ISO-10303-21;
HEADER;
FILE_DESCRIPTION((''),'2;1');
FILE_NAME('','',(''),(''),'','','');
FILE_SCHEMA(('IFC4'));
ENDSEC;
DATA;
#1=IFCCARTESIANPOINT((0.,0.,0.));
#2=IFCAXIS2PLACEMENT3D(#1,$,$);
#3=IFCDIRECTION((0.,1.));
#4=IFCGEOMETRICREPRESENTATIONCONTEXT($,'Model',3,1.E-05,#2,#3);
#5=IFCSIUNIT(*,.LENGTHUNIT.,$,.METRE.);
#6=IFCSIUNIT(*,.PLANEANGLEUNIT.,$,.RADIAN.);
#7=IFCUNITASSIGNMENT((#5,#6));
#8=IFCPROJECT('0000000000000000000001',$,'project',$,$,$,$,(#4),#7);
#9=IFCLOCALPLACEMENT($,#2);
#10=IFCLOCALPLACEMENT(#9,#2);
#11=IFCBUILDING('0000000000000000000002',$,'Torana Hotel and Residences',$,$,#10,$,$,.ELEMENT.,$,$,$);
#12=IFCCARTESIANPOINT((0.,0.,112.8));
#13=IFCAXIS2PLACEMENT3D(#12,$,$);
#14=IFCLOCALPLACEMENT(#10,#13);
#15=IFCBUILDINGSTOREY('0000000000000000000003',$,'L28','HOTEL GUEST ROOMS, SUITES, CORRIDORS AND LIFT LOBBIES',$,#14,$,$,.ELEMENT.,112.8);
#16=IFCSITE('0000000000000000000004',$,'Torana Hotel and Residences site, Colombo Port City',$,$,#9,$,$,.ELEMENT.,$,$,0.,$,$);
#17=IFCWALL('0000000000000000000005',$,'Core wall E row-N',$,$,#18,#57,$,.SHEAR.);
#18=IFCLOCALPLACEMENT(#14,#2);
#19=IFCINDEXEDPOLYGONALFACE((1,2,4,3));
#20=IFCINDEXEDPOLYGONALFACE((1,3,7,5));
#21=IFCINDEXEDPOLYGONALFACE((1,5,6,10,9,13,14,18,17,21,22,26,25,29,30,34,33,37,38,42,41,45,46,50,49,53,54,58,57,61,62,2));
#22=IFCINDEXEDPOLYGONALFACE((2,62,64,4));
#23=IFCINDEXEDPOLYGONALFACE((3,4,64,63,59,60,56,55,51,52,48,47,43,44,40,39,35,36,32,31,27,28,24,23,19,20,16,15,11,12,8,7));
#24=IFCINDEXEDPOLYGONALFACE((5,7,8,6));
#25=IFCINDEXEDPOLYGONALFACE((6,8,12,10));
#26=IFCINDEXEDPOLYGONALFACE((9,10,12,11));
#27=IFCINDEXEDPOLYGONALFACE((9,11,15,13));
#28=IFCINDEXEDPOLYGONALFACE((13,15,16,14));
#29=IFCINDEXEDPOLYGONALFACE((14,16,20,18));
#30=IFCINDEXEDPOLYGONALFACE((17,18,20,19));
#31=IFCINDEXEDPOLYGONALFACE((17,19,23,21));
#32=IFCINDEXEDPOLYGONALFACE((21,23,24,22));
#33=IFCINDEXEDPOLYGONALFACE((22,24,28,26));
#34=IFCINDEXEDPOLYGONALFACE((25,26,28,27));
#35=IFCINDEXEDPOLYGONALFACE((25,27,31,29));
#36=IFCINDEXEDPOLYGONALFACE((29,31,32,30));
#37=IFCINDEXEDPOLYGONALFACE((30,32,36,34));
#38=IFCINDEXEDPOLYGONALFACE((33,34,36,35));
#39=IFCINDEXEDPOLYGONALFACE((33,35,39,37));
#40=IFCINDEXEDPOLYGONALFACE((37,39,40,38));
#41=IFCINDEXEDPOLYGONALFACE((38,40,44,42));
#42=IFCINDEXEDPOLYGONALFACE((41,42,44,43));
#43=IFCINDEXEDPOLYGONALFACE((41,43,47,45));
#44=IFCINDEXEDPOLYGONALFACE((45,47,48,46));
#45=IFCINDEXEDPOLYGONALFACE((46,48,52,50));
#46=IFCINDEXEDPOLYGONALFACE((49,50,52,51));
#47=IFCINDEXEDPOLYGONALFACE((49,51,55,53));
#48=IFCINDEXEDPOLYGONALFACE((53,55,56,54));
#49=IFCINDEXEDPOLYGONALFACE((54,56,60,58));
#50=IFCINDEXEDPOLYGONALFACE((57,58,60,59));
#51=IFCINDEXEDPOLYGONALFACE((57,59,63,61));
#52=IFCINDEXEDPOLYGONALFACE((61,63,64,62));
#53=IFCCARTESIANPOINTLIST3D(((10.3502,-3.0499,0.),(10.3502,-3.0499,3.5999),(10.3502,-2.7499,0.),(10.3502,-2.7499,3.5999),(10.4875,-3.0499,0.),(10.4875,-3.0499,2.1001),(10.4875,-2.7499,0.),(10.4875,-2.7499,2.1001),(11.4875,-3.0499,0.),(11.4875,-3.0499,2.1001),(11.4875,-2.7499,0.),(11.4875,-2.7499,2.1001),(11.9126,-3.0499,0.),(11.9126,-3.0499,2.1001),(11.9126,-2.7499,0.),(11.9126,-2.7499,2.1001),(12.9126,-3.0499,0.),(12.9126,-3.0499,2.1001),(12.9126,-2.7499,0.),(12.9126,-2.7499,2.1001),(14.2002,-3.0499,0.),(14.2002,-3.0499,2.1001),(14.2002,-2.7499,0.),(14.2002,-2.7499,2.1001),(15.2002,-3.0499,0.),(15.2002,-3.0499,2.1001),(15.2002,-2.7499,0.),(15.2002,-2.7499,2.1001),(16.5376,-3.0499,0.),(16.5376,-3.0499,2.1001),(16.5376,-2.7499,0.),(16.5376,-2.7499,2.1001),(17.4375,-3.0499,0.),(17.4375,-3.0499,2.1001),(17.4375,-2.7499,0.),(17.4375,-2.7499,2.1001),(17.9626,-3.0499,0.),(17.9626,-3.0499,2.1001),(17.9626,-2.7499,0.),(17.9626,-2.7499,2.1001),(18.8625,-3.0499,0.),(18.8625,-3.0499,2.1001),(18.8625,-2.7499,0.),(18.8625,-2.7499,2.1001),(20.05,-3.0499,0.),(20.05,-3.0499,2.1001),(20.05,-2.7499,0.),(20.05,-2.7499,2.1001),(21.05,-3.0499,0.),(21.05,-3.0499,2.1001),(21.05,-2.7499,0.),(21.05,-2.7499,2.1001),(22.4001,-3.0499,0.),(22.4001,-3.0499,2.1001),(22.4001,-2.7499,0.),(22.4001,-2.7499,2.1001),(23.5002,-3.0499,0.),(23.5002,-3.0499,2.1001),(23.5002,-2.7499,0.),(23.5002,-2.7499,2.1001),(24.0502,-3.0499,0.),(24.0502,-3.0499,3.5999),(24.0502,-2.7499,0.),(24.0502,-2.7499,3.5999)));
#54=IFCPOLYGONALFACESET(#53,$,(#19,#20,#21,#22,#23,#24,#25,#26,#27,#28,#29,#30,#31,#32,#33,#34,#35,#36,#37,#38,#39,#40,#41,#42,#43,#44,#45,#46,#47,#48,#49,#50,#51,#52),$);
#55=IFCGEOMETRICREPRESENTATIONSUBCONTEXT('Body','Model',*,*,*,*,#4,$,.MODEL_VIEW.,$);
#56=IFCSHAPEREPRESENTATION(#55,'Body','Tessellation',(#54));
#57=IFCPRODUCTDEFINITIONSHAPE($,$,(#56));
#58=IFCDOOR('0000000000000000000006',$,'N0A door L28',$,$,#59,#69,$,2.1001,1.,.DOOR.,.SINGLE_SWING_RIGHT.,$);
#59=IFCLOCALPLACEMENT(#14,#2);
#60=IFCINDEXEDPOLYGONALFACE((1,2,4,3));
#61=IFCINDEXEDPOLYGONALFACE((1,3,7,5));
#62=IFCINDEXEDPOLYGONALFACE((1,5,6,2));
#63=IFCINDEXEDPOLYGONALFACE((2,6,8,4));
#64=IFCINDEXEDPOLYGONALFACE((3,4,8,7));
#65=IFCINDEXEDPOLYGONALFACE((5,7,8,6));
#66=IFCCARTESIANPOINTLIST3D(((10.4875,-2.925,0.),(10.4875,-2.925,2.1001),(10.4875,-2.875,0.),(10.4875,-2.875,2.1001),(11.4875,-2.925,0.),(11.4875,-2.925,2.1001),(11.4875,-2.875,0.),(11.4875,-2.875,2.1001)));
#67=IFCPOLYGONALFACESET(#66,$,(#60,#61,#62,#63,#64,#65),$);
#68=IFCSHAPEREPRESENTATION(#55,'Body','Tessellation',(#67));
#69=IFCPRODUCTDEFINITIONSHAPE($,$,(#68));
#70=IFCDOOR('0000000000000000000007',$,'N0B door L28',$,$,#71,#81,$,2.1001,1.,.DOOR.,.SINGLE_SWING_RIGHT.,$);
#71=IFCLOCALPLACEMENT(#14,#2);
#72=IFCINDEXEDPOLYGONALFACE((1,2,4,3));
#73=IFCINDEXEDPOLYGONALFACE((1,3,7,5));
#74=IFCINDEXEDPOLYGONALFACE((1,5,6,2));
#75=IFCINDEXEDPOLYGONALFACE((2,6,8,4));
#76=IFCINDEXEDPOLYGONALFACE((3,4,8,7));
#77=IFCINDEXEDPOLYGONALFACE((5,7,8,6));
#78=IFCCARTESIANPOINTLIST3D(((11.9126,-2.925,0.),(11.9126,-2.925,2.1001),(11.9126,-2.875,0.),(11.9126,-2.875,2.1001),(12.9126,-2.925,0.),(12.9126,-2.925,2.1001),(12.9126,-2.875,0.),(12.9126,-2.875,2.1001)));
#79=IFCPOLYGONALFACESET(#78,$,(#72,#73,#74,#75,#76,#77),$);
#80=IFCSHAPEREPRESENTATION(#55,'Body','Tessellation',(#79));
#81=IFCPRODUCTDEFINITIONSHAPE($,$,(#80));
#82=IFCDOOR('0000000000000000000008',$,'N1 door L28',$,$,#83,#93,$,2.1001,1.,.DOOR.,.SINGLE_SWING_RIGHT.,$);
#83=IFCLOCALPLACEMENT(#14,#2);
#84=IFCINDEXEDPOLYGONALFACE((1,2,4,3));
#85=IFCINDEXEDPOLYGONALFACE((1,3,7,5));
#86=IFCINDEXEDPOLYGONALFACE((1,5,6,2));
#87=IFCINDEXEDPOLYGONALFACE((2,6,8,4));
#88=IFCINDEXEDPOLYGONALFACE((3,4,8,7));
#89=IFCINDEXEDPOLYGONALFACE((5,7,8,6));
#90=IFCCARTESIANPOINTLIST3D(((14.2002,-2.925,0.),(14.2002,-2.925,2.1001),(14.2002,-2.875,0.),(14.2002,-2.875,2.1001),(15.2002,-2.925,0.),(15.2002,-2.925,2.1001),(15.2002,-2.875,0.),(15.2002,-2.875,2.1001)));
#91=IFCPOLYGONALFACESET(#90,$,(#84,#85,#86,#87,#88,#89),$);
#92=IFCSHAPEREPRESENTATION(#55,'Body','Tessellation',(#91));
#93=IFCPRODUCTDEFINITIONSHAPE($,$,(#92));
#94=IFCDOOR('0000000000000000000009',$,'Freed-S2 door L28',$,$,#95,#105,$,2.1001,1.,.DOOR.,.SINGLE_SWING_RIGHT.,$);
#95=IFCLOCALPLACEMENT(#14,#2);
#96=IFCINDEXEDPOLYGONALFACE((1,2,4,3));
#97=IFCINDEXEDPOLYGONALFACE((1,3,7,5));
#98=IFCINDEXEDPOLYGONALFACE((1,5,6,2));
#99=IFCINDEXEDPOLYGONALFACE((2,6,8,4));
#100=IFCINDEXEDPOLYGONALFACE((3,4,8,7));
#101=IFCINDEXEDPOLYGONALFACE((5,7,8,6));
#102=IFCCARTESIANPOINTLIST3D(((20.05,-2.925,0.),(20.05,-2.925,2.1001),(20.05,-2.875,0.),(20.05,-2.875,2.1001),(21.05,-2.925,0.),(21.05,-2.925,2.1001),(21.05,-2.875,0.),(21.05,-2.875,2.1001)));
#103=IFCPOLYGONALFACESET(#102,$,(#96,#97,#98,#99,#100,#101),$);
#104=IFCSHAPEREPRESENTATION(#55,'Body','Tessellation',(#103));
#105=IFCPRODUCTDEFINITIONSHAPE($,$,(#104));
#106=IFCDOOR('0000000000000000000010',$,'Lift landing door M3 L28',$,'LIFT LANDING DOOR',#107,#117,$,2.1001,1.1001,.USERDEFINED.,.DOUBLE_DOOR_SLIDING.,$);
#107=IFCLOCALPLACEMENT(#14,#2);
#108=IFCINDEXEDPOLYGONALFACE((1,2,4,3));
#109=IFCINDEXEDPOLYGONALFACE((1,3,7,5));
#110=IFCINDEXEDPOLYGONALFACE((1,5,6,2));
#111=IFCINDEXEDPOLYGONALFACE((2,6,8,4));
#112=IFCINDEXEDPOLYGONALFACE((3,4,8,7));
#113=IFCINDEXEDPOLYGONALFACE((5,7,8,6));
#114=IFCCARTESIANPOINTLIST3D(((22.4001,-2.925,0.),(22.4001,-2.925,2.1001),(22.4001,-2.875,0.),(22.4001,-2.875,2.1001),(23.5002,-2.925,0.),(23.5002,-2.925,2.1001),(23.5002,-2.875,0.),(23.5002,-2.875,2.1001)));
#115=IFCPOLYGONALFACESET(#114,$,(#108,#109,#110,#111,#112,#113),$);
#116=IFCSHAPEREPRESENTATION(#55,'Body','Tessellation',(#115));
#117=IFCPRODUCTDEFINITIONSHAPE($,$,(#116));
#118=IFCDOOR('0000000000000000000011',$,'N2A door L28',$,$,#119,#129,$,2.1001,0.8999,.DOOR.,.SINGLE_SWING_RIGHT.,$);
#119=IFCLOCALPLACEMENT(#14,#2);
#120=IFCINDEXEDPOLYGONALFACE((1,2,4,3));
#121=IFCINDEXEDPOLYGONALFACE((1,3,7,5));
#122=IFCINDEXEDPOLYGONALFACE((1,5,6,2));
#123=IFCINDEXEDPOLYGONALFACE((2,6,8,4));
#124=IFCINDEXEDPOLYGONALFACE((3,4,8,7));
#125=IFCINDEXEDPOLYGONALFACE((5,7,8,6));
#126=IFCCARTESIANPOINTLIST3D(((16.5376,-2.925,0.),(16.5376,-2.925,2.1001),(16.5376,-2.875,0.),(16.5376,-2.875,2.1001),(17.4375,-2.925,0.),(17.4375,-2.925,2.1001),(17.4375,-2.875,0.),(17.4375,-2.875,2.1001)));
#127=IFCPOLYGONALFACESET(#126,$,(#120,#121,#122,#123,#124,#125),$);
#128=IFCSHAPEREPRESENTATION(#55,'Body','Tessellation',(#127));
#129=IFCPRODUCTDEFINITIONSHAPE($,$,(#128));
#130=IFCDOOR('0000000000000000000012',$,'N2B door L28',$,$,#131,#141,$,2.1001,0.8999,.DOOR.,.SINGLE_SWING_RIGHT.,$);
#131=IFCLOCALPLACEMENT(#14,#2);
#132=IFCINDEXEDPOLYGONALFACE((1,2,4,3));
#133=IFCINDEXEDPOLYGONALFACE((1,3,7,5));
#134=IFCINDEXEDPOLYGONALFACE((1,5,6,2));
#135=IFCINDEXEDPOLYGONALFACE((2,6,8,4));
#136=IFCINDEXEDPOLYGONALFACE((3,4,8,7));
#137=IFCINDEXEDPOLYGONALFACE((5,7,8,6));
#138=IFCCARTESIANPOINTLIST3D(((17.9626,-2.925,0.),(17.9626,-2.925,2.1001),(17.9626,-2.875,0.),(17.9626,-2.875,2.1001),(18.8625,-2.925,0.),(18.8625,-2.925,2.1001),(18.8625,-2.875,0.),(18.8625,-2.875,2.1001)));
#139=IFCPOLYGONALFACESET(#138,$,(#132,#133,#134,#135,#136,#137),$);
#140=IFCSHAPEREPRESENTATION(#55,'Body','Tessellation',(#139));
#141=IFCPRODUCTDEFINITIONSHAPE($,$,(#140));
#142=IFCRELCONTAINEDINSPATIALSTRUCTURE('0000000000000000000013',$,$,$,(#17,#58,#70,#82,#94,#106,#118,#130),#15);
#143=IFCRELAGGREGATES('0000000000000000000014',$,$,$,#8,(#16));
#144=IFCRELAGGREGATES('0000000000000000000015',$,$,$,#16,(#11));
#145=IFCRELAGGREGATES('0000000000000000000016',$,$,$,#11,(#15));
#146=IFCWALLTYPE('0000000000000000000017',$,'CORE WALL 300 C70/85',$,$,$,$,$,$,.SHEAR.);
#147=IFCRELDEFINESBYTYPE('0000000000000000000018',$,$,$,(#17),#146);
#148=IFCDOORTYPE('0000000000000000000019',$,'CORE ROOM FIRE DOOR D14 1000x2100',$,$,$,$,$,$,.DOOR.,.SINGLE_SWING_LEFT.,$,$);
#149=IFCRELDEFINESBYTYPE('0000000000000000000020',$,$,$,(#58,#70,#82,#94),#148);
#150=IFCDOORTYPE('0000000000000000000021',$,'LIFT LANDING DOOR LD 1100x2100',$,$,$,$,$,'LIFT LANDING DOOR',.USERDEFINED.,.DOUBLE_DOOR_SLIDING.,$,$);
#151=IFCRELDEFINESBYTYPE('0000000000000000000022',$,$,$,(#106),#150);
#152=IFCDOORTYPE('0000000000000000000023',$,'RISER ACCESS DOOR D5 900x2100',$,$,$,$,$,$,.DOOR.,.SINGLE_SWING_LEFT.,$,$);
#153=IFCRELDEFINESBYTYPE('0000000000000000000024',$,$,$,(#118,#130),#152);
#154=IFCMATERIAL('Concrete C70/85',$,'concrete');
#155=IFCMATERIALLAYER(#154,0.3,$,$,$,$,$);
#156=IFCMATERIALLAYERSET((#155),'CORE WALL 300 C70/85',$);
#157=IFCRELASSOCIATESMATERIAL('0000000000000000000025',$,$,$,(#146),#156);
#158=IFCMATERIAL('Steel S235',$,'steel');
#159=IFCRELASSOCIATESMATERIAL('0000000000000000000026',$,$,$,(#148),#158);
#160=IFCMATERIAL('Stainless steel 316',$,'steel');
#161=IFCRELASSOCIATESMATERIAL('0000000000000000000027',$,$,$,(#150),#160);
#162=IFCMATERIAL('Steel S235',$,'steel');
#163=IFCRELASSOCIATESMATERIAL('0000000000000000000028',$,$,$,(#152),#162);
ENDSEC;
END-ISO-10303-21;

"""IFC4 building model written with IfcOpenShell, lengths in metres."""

from ifc_helpers import new_model, si_unit, direction, frame, frame_2d, origin, place, context, subcontext, project, spatial, rectangle, extrude, material, layer, layer_set, type_object, element, fill, save


model = new_model("IFC4")

# Units and contexts
model_context = context("Model", 3, precision=1e-05, world=origin(), true_north=direction((0.0, 1.0)))
body_context = subcontext(model_context, "Body", "Model", "MODEL_VIEW")
ifc_project = project(units=[si_unit("LENGTHUNIT", "METRE"), si_unit("PLANEANGLEUNIT", "RADIAN")], contexts=[model_context])

# Site, building, storey
site_placement = place(None, origin())
site = spatial("IfcSite", under=ifc_project, at=site_placement, Name="Torana Hotel and Residences site, Colombo Port City", CompositionType="ELEMENT", RefElevation=0.0)
building_placement = place(site_placement, origin())
building = spatial("IfcBuilding", under=site, at=building_placement, Name="Torana Hotel and Residences", CompositionType="ELEMENT")
storey_placement = place(building_placement, frame((0.0, 0.0, 112.8)))
storey = spatial("IfcBuildingStorey", under=building, at=storey_placement, Name="L28", Description="HOTEL GUEST ROOMS, SUITES, CORRIDORS AND LIFT LOBBIES", CompositionType="ELEMENT", Elevation=112.8)

# Wall, openings, doors
ifc_material_1 = material(Name="Concrete C70/85", Category="concrete")
ifc_layer_1 = layer(ifc_material_1, 0.3)
ifc_layer_set_1 = layer_set([ifc_layer_1], Name="CORE WALL 300 C70/85")
wall_type_1 = type_object("IfcWallType", Name="CORE WALL 300 C70/85", PredefinedType="SHEAR", material=ifc_layer_set_1)
wall_1_placement = place(storey_placement, frame((10.3501, -2.8999, 0.0), z_axis=(0.0, 0.0, 1.0), x_axis=(1.0, 0.0, 0.0)))
wall_1 = element("IfcWall", 1, at=wall_1_placement, inside=storey, type_object=wall_type_1, Name="Core wall E row-N", PredefinedType="SHEAR", context=body_context, shape_type="SweptSolid", body=[
    extrude(rectangle(XDim=13.7, YDim=0.3, at=frame_2d((6.8501, 0.0))), origin(), (0.0, 0.0, 1.0), 3.5999),
])
opening_1_placement = place(wall_1_placement, frame((12.05, 0.0, 0.0)))
opening_1 = element("IfcOpeningElement", 2, at=opening_1_placement, cuts=wall_1, PredefinedType="OPENING", context=body_context, shape_type="SweptSolid", body=[
    extrude(rectangle(XDim=1.1001, YDim=2.1001, at=frame_2d((0.55, 1.05))), frame((0.0, 0.1599, 0.0), z_axis=(0.0, -1.0, 0.0), x_axis=(1.0, 0.0, 0.0)), (0.0, 0.0, 1.0), 0.3201),
])
opening_2_placement = place(wall_1_placement, frame((6.1875, 0.0, 0.0)))
opening_2 = element("IfcOpeningElement", 3, at=opening_2_placement, cuts=wall_1, PredefinedType="OPENING", context=body_context, shape_type="SweptSolid", body=[
    extrude(rectangle(XDim=0.8999, YDim=2.1001, at=frame_2d((0.45, 1.05))), frame((0.0, 0.1599, 0.0), z_axis=(0.0, -1.0, 0.0), x_axis=(1.0, 0.0, 0.0)), (0.0, 0.0, 1.0), 0.3201),
])
opening_3_placement = place(wall_1_placement, frame((7.6125, 0.0, 0.0)))
opening_3 = element("IfcOpeningElement", 4, at=opening_3_placement, cuts=wall_1, PredefinedType="OPENING", context=body_context, shape_type="SweptSolid", body=[
    extrude(rectangle(XDim=0.8999, YDim=2.1001, at=frame_2d((0.45, 1.05))), frame((0.0, 0.1599, 0.0), z_axis=(0.0, -1.0, 0.0), x_axis=(1.0, 0.0, 0.0)), (0.0, 0.0, 1.0), 0.3201),
])
opening_4_placement = place(wall_1_placement, frame((0.1375, 0.0, 0.0)))
opening_4 = element("IfcOpeningElement", 5, at=opening_4_placement, cuts=wall_1, PredefinedType="OPENING", context=body_context, shape_type="SweptSolid", body=[
    extrude(rectangle(XDim=1.0, YDim=2.1001, at=frame_2d((0.5, 1.05))), frame((0.0, 0.1599, 0.0), z_axis=(0.0, -1.0, 0.0), x_axis=(1.0, 0.0, 0.0)), (0.0, 0.0, 1.0), 0.3201),
])
opening_5_placement = place(wall_1_placement, frame((1.5625, 0.0, 0.0)))
opening_5 = element("IfcOpeningElement", 6, at=opening_5_placement, cuts=wall_1, PredefinedType="OPENING", context=body_context, shape_type="SweptSolid", body=[
    extrude(rectangle(XDim=1.0, YDim=2.1001, at=frame_2d((0.5, 1.05))), frame((0.0, 0.1599, 0.0), z_axis=(0.0, -1.0, 0.0), x_axis=(1.0, 0.0, 0.0)), (0.0, 0.0, 1.0), 0.3201),
])
opening_6_placement = place(wall_1_placement, frame((3.8501, 0.0, 0.0)))
opening_6 = element("IfcOpeningElement", 7, at=opening_6_placement, cuts=wall_1, PredefinedType="OPENING", context=body_context, shape_type="SweptSolid", body=[
    extrude(rectangle(XDim=1.0, YDim=2.1001, at=frame_2d((0.5, 1.05))), frame((0.0, 0.1599, 0.0), z_axis=(0.0, -1.0, 0.0), x_axis=(1.0, 0.0, 0.0)), (0.0, 0.0, 1.0), 0.3201),
])
opening_7_placement = place(wall_1_placement, frame((9.7, 0.0, 0.0)))
opening_7 = element("IfcOpeningElement", 8, at=opening_7_placement, cuts=wall_1, PredefinedType="OPENING", context=body_context, shape_type="SweptSolid", body=[
    extrude(rectangle(XDim=1.0, YDim=2.1001, at=frame_2d((0.5, 1.05))), frame((0.0, 0.1599, 0.0), z_axis=(0.0, -1.0, 0.0), x_axis=(1.0, 0.0, 0.0)), (0.0, 0.0, 1.0), 0.3201),
])
ifc_material_2 = material(Name="Steel S235", Category="steel")
door_type_1 = type_object("IfcDoorType", Name="CORE ROOM FIRE DOOR D14 1000x2100", OperationType="SINGLE_SWING_LEFT", PredefinedType="DOOR", material=ifc_material_2)
door_1_placement = place(opening_4_placement, origin())
door_1 = element("IfcDoor", 9, at=door_1_placement, inside=storey, type_object=door_type_1, Name="N0A door L28", OperationType="SINGLE_SWING_RIGHT", OverallHeight=2.1001, OverallWidth=1.0, PredefinedType="DOOR", context=body_context, shape_type="SweptSolid", body=[
    extrude(rectangle(XDim=1.0, YDim=2.1001, at=frame_2d((0.5, 1.05))), frame((0.0, 0.0249, 0.0), z_axis=(0.0, -1.0, 0.0), x_axis=(1.0, 0.0, 0.0)), (0.0, 0.0, 1.0), 0.05),
])
fill(opening_4, door_1)
door_2_placement = place(opening_5_placement, origin())
door_2 = element("IfcDoor", 10, at=door_2_placement, inside=storey, type_object=door_type_1, Name="N0B door L28", OperationType="SINGLE_SWING_RIGHT", OverallHeight=2.1001, OverallWidth=1.0, PredefinedType="DOOR", context=body_context, shape_type="SweptSolid", body=[
    extrude(rectangle(XDim=1.0, YDim=2.1001, at=frame_2d((0.5, 1.05))), frame((0.0, 0.0249, 0.0), z_axis=(0.0, -1.0, 0.0), x_axis=(1.0, 0.0, 0.0)), (0.0, 0.0, 1.0), 0.05),
])
fill(opening_5, door_2)
door_3_placement = place(opening_6_placement, origin())
door_3 = element("IfcDoor", 11, at=door_3_placement, inside=storey, type_object=door_type_1, Name="N1 door L28", OperationType="SINGLE_SWING_RIGHT", OverallHeight=2.1001, OverallWidth=1.0, PredefinedType="DOOR", context=body_context, shape_type="SweptSolid", body=[
    extrude(rectangle(XDim=1.0, YDim=2.1001, at=frame_2d((0.5, 1.05))), frame((0.0, 0.0249, 0.0), z_axis=(0.0, -1.0, 0.0), x_axis=(1.0, 0.0, 0.0)), (0.0, 0.0, 1.0), 0.05),
])
fill(opening_6, door_3)
door_4_placement = place(opening_7_placement, origin())
door_4 = element("IfcDoor", 12, at=door_4_placement, inside=storey, type_object=door_type_1, Name="Freed-S2 door L28", OperationType="SINGLE_SWING_RIGHT", OverallHeight=2.1001, OverallWidth=1.0, PredefinedType="DOOR", context=body_context, shape_type="SweptSolid", body=[
    extrude(rectangle(XDim=1.0, YDim=2.1001, at=frame_2d((0.5, 1.05))), frame((0.0, 0.0249, 0.0), z_axis=(0.0, -1.0, 0.0), x_axis=(1.0, 0.0, 0.0)), (0.0, 0.0, 1.0), 0.05),
])
fill(opening_7, door_4)
ifc_material_3 = material(Name="Stainless steel 316", Category="steel")
door_type_2 = type_object("IfcDoorType", Name="LIFT LANDING DOOR LD 1100x2100", ElementType="LIFT LANDING DOOR", OperationType="DOUBLE_DOOR_SLIDING", PredefinedType="USERDEFINED", material=ifc_material_3)
door_5_placement = place(opening_1_placement, origin())
door_5 = element("IfcDoor", 13, at=door_5_placement, inside=storey, type_object=door_type_2, Name="Lift landing door M3 L28", ObjectType="LIFT LANDING DOOR", OperationType="DOUBLE_DOOR_SLIDING", OverallHeight=2.1001, OverallWidth=1.1001, PredefinedType="USERDEFINED", context=body_context, shape_type="SweptSolid", body=[
    extrude(rectangle(XDim=1.1001, YDim=2.1001, at=frame_2d((0.55, 1.05))), frame((0.0, 0.0249, 0.0), z_axis=(0.0, -1.0, 0.0), x_axis=(1.0, 0.0, 0.0)), (0.0, 0.0, 1.0), 0.05),
])
fill(opening_1, door_5)
ifc_material_4 = material(Name="Steel S235", Category="steel")
door_type_3 = type_object("IfcDoorType", Name="RISER ACCESS DOOR D5 900x2100", OperationType="SINGLE_SWING_LEFT", PredefinedType="DOOR", material=ifc_material_4)
door_6_placement = place(opening_2_placement, origin())
door_6 = element("IfcDoor", 14, at=door_6_placement, inside=storey, type_object=door_type_3, Name="N2A door L28", OperationType="SINGLE_SWING_RIGHT", OverallHeight=2.1001, OverallWidth=0.8999, PredefinedType="DOOR", context=body_context, shape_type="SweptSolid", body=[
    extrude(rectangle(XDim=0.8999, YDim=2.1001, at=frame_2d((0.45, 1.05))), frame((0.0, 0.0249, 0.0), z_axis=(0.0, -1.0, 0.0), x_axis=(1.0, 0.0, 0.0)), (0.0, 0.0, 1.0), 0.05),
])
fill(opening_2, door_6)
door_7_placement = place(opening_3_placement, origin())
door_7 = element("IfcDoor", 15, at=door_7_placement, inside=storey, type_object=door_type_3, Name="N2B door L28", OperationType="SINGLE_SWING_RIGHT", OverallHeight=2.1001, OverallWidth=0.8999, PredefinedType="DOOR", context=body_context, shape_type="SweptSolid", body=[
    extrude(rectangle(XDim=0.8999, YDim=2.1001, at=frame_2d((0.45, 1.05))), frame((0.0, 0.0249, 0.0), z_axis=(0.0, -1.0, 0.0), x_axis=(1.0, 0.0, 0.0)), (0.0, 0.0, 1.0), 0.05),
])
fill(opening_3, door_7)

save(model, "model.ifc")
